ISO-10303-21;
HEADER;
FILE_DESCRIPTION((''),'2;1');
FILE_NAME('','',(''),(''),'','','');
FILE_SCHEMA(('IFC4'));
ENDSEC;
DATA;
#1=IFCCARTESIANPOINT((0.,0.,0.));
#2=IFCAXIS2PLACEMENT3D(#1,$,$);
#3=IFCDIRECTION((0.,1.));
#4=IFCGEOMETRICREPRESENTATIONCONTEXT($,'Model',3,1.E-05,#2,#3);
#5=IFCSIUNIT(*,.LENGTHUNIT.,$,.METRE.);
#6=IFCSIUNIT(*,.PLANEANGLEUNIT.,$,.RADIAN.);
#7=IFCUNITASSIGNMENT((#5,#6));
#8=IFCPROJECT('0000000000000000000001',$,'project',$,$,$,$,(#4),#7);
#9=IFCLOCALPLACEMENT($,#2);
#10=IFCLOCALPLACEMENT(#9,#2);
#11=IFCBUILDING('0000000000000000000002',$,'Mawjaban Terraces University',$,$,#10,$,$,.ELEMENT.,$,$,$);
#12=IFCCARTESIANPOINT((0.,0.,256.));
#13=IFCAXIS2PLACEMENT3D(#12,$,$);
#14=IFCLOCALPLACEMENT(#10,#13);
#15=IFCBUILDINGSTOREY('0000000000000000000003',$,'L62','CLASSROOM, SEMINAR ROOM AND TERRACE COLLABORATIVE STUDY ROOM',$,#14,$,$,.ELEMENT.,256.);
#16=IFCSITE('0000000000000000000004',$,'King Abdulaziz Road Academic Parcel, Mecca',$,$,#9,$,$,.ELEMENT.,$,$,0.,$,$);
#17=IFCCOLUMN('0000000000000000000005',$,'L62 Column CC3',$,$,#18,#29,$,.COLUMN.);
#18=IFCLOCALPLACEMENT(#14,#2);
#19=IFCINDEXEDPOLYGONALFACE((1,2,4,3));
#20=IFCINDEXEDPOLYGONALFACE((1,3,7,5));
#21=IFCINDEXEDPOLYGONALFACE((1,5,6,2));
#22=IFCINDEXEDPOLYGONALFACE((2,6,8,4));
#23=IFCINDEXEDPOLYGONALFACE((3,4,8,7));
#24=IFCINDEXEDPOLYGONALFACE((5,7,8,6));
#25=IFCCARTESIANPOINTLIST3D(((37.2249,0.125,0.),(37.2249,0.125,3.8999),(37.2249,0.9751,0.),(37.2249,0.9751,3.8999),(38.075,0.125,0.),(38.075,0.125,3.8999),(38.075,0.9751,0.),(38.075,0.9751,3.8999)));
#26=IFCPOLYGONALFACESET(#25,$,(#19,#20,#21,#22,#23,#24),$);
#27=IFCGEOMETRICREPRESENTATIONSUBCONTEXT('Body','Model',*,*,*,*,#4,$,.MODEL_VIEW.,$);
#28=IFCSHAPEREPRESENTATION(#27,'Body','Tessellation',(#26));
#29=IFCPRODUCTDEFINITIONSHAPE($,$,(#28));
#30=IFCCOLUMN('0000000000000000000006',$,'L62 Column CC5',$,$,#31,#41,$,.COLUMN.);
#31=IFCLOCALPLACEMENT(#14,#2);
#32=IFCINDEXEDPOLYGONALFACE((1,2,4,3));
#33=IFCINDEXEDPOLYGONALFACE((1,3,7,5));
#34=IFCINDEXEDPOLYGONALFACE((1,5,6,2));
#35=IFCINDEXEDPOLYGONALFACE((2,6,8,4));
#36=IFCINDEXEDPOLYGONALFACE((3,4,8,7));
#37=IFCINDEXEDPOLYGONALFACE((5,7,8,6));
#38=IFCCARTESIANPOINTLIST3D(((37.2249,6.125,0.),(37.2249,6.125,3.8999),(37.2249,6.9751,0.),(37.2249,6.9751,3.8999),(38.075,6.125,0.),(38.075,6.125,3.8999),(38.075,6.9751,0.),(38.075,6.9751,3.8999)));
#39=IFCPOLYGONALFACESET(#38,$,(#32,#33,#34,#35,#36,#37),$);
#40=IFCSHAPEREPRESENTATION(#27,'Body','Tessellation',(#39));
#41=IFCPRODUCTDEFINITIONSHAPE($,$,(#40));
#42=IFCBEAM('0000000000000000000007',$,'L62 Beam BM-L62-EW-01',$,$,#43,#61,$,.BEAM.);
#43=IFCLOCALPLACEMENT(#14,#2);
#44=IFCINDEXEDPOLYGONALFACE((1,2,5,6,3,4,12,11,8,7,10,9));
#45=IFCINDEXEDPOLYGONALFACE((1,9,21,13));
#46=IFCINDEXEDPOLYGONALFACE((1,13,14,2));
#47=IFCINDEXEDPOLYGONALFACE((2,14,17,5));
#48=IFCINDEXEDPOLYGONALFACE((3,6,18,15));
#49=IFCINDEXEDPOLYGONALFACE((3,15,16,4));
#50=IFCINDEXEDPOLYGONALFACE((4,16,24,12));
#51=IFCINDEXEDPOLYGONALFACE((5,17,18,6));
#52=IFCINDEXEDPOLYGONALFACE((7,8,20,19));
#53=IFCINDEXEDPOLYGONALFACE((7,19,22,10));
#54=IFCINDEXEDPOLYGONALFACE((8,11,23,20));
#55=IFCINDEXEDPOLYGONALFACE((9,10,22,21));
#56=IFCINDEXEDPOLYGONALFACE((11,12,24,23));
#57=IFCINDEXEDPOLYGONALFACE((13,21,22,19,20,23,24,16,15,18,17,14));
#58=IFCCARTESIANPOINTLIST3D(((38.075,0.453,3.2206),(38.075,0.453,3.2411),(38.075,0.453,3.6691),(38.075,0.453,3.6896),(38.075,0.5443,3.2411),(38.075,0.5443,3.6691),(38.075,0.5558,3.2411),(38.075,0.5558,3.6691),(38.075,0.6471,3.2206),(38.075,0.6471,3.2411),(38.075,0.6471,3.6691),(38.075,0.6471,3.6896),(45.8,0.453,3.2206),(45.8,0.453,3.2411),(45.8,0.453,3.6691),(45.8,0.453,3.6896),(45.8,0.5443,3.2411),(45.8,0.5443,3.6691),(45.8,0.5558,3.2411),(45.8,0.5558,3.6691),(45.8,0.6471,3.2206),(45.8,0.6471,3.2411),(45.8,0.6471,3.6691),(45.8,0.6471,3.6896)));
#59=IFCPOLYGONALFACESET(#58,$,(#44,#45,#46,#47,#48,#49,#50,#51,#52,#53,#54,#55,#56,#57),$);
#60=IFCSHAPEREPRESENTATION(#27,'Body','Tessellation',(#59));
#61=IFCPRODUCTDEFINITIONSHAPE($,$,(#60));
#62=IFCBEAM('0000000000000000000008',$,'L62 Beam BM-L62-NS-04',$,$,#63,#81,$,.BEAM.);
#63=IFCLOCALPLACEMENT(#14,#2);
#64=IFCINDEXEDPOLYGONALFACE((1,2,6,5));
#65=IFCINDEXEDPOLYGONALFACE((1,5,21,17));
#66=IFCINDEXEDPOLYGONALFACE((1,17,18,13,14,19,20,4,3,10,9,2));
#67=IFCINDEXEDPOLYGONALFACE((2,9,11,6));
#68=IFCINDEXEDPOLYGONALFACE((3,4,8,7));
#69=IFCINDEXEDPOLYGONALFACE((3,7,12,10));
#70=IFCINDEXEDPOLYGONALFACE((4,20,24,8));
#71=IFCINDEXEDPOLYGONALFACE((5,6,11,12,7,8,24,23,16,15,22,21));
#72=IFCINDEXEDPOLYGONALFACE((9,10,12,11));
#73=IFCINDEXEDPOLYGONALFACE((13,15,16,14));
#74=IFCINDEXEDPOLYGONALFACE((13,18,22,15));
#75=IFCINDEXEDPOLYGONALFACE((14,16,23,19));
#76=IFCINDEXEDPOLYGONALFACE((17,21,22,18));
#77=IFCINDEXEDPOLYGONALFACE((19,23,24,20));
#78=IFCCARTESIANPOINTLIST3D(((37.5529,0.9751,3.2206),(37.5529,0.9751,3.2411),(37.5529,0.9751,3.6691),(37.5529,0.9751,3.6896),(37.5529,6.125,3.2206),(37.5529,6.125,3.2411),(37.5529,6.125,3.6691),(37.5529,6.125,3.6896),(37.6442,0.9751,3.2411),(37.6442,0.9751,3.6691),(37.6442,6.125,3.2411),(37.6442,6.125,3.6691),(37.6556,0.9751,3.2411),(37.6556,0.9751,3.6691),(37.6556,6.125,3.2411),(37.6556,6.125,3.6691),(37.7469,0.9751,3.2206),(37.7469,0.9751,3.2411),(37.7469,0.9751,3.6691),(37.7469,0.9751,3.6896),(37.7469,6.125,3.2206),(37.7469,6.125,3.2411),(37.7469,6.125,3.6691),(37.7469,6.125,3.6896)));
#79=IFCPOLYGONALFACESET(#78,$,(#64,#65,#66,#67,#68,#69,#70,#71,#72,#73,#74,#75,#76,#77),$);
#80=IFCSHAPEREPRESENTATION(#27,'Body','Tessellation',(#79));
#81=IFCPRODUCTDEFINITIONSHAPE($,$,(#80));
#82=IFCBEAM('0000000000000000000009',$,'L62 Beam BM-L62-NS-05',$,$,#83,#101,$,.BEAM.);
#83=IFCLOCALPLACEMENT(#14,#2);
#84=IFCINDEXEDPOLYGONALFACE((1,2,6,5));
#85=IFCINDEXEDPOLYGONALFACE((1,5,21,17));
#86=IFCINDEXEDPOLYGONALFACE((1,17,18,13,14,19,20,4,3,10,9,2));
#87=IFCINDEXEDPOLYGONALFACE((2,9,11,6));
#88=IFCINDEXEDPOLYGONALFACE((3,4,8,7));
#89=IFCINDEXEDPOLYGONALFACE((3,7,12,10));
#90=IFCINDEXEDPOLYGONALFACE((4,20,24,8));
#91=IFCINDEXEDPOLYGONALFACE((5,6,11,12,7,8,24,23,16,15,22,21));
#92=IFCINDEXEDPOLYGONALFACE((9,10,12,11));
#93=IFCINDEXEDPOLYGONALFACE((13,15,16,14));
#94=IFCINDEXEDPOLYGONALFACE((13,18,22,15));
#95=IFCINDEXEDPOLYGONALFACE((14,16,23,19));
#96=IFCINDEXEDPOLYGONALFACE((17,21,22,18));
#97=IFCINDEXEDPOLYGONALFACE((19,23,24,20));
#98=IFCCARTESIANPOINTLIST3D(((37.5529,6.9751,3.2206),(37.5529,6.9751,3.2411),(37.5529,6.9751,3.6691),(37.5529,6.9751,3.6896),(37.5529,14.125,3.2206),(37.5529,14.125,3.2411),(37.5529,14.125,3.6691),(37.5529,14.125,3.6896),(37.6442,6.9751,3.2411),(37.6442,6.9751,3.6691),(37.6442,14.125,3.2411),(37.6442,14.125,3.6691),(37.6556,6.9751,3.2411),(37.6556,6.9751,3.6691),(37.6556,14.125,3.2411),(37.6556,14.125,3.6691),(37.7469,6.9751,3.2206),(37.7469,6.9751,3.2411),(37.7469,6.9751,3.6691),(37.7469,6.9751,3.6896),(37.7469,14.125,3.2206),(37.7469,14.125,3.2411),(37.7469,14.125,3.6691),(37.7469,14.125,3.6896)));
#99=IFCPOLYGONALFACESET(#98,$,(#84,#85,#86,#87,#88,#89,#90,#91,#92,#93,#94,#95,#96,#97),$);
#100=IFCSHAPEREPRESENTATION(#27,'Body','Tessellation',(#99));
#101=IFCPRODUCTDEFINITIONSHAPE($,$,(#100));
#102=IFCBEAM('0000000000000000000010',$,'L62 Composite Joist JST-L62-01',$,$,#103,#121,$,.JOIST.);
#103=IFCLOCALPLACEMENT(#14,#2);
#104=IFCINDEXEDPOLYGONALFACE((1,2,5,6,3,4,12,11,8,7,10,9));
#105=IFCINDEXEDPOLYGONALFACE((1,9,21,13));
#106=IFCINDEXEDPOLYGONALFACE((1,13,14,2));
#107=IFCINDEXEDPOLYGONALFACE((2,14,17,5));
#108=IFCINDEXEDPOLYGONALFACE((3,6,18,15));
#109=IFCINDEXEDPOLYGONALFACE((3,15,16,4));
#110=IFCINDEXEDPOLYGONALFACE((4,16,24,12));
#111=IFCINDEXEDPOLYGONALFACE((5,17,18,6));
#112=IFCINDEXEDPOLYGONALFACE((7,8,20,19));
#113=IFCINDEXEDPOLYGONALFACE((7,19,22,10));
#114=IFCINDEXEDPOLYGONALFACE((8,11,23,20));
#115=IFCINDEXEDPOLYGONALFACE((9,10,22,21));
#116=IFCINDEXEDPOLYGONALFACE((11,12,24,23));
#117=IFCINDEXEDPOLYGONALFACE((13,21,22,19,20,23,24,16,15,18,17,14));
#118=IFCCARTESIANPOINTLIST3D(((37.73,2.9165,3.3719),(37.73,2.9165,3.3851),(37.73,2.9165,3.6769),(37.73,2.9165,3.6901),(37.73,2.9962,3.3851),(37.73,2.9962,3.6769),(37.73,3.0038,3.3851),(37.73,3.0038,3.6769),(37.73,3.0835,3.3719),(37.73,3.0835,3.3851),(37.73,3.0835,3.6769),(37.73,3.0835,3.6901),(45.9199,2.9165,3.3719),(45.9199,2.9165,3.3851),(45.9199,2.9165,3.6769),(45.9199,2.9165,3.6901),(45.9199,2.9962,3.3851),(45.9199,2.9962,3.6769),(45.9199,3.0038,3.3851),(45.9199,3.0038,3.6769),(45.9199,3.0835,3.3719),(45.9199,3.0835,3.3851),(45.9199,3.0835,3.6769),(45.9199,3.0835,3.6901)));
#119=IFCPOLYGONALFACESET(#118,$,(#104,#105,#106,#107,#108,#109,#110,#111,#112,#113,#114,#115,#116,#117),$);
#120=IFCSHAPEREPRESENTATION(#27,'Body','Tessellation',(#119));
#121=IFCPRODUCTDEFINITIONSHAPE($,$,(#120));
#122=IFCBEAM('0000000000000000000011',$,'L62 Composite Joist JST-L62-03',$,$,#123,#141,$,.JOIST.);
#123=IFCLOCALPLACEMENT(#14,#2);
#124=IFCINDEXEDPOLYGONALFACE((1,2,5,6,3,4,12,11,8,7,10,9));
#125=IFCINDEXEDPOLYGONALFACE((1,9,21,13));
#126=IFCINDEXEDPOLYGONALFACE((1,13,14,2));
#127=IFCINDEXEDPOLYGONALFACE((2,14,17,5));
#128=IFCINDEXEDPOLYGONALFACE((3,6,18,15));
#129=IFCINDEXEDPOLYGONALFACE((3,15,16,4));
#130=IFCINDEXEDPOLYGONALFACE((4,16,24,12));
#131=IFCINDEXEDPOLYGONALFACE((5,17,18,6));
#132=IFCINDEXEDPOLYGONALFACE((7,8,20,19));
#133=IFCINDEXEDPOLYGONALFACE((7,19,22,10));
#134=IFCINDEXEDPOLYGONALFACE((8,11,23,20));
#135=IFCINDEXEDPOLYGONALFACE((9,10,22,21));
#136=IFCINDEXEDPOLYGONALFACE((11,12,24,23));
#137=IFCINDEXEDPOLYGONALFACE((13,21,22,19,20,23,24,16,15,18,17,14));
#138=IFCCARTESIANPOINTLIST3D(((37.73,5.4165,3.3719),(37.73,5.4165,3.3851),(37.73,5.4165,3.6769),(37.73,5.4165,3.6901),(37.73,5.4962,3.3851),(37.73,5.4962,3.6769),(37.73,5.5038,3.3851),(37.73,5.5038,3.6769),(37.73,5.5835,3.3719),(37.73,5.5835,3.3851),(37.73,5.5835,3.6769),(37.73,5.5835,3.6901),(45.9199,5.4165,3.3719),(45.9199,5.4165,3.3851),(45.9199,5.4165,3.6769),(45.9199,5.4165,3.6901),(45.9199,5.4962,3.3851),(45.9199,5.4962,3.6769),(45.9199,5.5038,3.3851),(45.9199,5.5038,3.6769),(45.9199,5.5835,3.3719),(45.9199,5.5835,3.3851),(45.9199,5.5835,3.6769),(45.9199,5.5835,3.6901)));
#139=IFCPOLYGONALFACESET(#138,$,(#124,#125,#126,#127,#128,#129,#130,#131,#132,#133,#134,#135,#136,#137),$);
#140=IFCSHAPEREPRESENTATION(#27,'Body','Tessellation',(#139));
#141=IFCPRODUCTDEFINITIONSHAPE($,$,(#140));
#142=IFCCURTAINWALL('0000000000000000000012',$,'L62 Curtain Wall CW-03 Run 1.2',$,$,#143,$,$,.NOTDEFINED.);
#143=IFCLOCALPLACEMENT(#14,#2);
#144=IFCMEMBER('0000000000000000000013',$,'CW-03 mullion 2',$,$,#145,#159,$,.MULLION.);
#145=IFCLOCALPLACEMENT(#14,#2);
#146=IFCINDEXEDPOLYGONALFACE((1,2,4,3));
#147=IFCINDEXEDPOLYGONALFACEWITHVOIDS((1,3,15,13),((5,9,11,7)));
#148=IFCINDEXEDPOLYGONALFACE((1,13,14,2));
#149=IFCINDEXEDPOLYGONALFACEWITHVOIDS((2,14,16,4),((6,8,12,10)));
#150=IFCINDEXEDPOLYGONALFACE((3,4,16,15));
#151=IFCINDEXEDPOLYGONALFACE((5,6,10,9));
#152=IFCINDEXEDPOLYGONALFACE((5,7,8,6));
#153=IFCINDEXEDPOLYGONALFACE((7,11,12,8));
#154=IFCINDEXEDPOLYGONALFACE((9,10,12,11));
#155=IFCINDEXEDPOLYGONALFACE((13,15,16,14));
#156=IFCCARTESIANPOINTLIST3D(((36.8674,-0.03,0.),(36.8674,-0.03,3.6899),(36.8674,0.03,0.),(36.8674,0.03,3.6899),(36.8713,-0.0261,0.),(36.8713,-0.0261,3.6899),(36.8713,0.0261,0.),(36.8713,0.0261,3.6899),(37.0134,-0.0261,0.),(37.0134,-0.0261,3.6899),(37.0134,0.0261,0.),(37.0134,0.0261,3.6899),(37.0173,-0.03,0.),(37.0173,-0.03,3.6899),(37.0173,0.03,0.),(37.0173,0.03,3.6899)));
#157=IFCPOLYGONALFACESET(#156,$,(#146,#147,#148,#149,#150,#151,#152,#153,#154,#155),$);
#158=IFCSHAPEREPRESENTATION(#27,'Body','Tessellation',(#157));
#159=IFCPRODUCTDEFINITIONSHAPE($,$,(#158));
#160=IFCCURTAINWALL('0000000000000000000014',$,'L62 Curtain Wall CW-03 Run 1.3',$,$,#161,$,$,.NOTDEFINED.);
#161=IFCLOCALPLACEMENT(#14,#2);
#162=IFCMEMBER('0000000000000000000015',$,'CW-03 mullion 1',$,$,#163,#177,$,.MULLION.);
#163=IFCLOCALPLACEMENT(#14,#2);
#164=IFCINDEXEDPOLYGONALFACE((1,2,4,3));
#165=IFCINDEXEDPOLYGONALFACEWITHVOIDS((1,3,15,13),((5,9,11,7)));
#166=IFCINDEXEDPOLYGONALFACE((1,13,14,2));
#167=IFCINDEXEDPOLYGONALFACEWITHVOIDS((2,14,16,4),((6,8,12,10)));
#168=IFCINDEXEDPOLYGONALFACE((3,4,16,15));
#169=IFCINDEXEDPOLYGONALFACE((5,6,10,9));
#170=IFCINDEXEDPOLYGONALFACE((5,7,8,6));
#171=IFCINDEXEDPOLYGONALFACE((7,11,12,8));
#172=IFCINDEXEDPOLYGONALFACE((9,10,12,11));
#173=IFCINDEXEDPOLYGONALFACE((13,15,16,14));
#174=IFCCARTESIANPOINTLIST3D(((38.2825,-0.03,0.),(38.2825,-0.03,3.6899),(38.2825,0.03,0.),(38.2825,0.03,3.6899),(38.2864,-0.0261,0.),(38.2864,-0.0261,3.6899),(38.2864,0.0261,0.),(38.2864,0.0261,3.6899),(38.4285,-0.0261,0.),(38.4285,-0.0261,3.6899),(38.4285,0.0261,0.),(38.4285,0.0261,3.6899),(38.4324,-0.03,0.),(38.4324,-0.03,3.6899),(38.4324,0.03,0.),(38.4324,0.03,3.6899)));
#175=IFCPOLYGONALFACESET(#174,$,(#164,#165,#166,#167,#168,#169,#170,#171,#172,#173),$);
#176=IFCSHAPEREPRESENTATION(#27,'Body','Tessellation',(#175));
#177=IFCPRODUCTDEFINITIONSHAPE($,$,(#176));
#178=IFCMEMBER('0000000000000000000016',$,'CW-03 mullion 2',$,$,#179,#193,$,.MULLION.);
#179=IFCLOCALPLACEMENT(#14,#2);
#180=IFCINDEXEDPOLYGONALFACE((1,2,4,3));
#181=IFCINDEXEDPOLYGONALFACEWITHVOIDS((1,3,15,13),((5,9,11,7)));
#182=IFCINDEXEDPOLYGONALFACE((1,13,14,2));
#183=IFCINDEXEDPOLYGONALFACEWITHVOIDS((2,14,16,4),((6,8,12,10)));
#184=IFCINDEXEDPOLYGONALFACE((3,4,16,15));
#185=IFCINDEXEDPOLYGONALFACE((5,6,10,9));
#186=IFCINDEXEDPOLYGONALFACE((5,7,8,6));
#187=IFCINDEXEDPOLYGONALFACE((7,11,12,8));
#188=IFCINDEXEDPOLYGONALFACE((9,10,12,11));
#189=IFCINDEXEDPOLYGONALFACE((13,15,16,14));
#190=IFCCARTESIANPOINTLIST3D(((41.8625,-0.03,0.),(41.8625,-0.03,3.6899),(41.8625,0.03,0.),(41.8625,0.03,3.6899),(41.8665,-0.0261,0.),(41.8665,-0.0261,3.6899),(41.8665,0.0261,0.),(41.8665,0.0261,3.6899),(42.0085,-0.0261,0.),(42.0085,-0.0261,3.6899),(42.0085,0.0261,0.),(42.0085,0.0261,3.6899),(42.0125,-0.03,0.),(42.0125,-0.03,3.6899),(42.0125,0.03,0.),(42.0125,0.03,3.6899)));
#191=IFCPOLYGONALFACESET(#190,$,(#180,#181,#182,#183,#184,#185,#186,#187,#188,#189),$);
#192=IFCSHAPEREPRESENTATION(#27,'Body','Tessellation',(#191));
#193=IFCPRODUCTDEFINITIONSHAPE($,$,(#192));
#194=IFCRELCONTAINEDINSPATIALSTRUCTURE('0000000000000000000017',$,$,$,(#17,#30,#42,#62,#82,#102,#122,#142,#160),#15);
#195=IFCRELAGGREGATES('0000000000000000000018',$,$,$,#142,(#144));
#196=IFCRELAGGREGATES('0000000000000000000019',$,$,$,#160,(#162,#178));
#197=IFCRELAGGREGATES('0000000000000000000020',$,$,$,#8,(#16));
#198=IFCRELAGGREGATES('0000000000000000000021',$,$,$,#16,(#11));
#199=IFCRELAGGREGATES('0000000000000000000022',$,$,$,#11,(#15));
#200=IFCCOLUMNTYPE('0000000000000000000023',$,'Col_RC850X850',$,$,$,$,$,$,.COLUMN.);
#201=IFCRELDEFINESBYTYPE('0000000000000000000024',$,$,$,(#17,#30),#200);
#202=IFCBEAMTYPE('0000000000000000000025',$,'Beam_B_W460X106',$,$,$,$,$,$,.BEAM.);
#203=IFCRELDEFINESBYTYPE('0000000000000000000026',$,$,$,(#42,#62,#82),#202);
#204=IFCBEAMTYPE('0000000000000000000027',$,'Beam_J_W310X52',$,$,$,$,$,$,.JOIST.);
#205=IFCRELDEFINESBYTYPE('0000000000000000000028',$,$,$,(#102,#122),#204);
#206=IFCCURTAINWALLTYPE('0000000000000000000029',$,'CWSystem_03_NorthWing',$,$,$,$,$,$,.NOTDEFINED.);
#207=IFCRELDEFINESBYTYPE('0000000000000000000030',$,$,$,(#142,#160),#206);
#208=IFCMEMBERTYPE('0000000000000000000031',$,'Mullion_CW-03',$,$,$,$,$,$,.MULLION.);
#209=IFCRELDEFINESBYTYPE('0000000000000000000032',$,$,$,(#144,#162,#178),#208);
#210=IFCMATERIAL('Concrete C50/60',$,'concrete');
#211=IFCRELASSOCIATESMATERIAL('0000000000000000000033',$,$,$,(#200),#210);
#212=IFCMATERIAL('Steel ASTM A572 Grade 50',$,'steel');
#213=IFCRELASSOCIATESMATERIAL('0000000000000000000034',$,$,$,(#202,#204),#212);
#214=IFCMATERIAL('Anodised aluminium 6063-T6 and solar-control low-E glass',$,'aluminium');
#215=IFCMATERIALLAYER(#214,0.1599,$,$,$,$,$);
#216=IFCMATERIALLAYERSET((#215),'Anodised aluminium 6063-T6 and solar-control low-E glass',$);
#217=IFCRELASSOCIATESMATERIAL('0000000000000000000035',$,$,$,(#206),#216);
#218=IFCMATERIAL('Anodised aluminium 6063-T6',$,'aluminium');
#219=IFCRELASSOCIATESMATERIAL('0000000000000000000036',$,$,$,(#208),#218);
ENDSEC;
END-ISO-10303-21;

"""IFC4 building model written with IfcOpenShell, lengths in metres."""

from ifc_helpers import new_model, si_unit, direction, frame, origin, origin_2d, place, context, subcontext, project, spatial, rectangle, hollow_rectangle, i_section, extrude, material, layer, layer_set, material_profile, profile_set, type_object, element, aggregate, save


model = new_model("IFC4")

# Units and contexts
model_context = context("Model", 3, precision=1e-05, world=origin(), true_north=direction((0.0, 1.0)))
body_context = subcontext(model_context, "Body", "Model", "MODEL_VIEW")
ifc_project = project(units=[si_unit("LENGTHUNIT", "METRE"), si_unit("PLANEANGLEUNIT", "RADIAN")], contexts=[model_context])

# Site, building, storey
site_placement = place(None, origin())
site = spatial("IfcSite", under=ifc_project, at=site_placement, Name="King Abdulaziz Road Academic Parcel, Mecca", CompositionType="ELEMENT", RefElevation=0.0)
building_placement = place(site_placement, origin())
building = spatial("IfcBuilding", under=site, at=building_placement, Name="Mawjaban Terraces University", CompositionType="ELEMENT")
storey_placement = place(building_placement, frame((0.0, 0.0, 256.0)))
storey = spatial("IfcBuildingStorey", under=building, at=storey_placement, Name="L62", Description="CLASSROOM, SEMINAR ROOM AND TERRACE COLLABORATIVE STUDY ROOM", CompositionType="ELEMENT", Elevation=256.0)

# Columns
ifc_material_1 = material(Name="Concrete C50/60", Category="concrete")
ifc_material_profile_1 = material_profile(ifc_material_1, rectangle(XDim=0.8501, YDim=0.8501, at=origin_2d()), Name="RC850X850")
ifc_profile_set_1 = profile_set([ifc_material_profile_1], Name="Concrete C50/60")
column_type = type_object("IfcColumnType", Name="Col_RC850X850", PredefinedType="COLUMN", material=ifc_profile_set_1)
for number, where, z_axis, x_axis, name in (
    (1, (37.6499, 0.55, 0.0), (0.0, 0.0, 1.0), (1.0, 0.0, 0.0), "L62 Column CC3"),
    (2, (37.6499, 6.55, 0.0), (0.0, 0.0, 1.0), (1.0, 0.0, 0.0), "L62 Column CC5"),
):
    element("IfcColumn", number, at=place(storey_placement, frame(where, z_axis=z_axis, x_axis=x_axis)), inside=storey, type_object=column_type, Name=name, PredefinedType="COLUMN", context=body_context, shape_type="SweptSolid", body=[
        extrude(rectangle(XDim=0.8501, YDim=0.8501, at=origin_2d()), origin(), (0.0, 0.0, 1.0), 3.8999),
    ])

# Beams
ifc_material_2 = material(Name="Steel ASTM A572 Grade 50", Category="steel")
ifc_material_profile_2 = material_profile(ifc_material_2, i_section(OverallWidth=0.1941, OverallDepth=0.469, WebThickness=0.0115, FlangeThickness=0.0205, at=origin_2d()), Name="W460X106")
ifc_profile_set_2 = profile_set([ifc_material_profile_2], Name="Steel ASTM A572 Grade 50")
beam_type_1 = type_object("IfcBeamType", Name="Beam_B_W460X106", PredefinedType="BEAM", material=ifc_profile_set_2)
beam_1_placement = place(storey_placement, frame((38.075, 0.55, 3.4551), z_axis=(1.0, 0.0, 0.0), x_axis=(0.0, 1.0, 0.0)))
element("IfcBeam", 3, at=beam_1_placement, inside=storey, type_object=beam_type_1, Name="L62 Beam BM-L62-EW-01", PredefinedType="BEAM", context=body_context, shape_type="SweptSolid", body=[
    extrude(i_section(OverallWidth=0.1941, OverallDepth=0.469, WebThickness=0.0115, FlangeThickness=0.0205, at=origin_2d()), origin(), (0.0, 0.0, 1.0), 7.7251),
])
beam_2_placement = place(storey_placement, frame((37.6499, 0.9751, 3.4551), z_axis=(0.0, 1.0, 0.0), x_axis=(-1.0, 0.0, 0.0)))
element("IfcBeam", 4, at=beam_2_placement, inside=storey, type_object=beam_type_1, Name="L62 Beam BM-L62-NS-04", PredefinedType="BEAM", context=body_context, shape_type="SweptSolid", body=[
    extrude(i_section(OverallWidth=0.1941, OverallDepth=0.469, WebThickness=0.0115, FlangeThickness=0.0205, at=origin_2d()), origin(), (0.0, 0.0, 1.0), 5.1499),
])
beam_3_placement = place(storey_placement, frame((37.6499, 6.9751, 3.4551), z_axis=(0.0, 1.0, 0.0), x_axis=(-1.0, 0.0, 0.0)))
element("IfcBeam", 5, at=beam_3_placement, inside=storey, type_object=beam_type_1, Name="L62 Beam BM-L62-NS-05", PredefinedType="BEAM", context=body_context, shape_type="SweptSolid", body=[
    extrude(i_section(OverallWidth=0.1941, OverallDepth=0.469, WebThickness=0.0115, FlangeThickness=0.0205, at=origin_2d()), origin(), (0.0, 0.0, 1.0), 7.1499),
])
ifc_material_profile_3 = material_profile(ifc_material_2, i_section(OverallWidth=0.167, OverallDepth=0.3181, WebThickness=0.0076, FlangeThickness=0.0132, at=origin_2d()), Name="W310X52")
ifc_profile_set_3 = profile_set([ifc_material_profile_3], Name="Steel ASTM A572 Grade 50")
beam_type_2 = type_object("IfcBeamType", Name="Beam_J_W310X52", PredefinedType="JOIST", material=ifc_profile_set_3)
for number, where, z_axis, x_axis, name in (
    (6, (37.73, 3.0, 3.531), (1.0, 0.0, 0.0), (0.0, 1.0, 0.0), "L62 Composite Joist JST-L62-01"),
    (7, (37.73, 5.5, 3.531), (1.0, 0.0, 0.0), (0.0, 1.0, 0.0), "L62 Composite Joist JST-L62-03"),
):
    element("IfcBeam", number, at=place(storey_placement, frame(where, z_axis=z_axis, x_axis=x_axis)), inside=storey, type_object=beam_type_2, Name=name, PredefinedType="JOIST", context=body_context, shape_type="SweptSolid", body=[
        extrude(i_section(OverallWidth=0.167, OverallDepth=0.3181, WebThickness=0.0076, FlangeThickness=0.0132, at=origin_2d()), origin(), (0.0, 0.0, 1.0), 8.1899),
    ])

# Curtain wall, member
ifc_material_3 = material(Name="Anodised aluminium 6063-T6 and solar-control low-E glass", Category="aluminium")
ifc_layer_1 = layer(ifc_material_3, 0.1599)
ifc_layer_set_1 = layer_set([ifc_layer_1], Name="Anodised aluminium 6063-T6 and solar-control low-E glass")
curtain_wall_type = type_object("IfcCurtainWallType", Name="CWSystem_03_NorthWing", PredefinedType="NOTDEFINED", material=ifc_layer_set_1)
curtain_wall_1_placement = place(storey_placement, origin())
curtain_wall_1 = element("IfcCurtainWall", 8, at=curtain_wall_1_placement, inside=storey, type_object=curtain_wall_type, Name="L62 Curtain Wall CW-03 Run 1.2", PredefinedType="NOTDEFINED")
ifc_material_4 = material(Name="Anodised aluminium 6063-T6", Category="aluminium")
ifc_material_profile_4 = material_profile(ifc_material_4, hollow_rectangle(XDim=0.0601, YDim=0.1499, WallThickness=0.0039, at=origin_2d()), Name="ALU150X60X4")
ifc_profile_set_4 = profile_set([ifc_material_profile_4], Name="Anodised aluminium 6063-T6")
member_type_1 = type_object("IfcMemberType", Name="Mullion_CW-03", PredefinedType="MULLION", material=ifc_profile_set_4)
member_1_placement = place(storey_placement, frame((36.9424, 0.0, 0.0), z_axis=(0.0, 0.0, 1.0), x_axis=(0.0, 1.0, 0.0)))
member_1 = element("IfcMember", 9, at=member_1_placement, type_object=member_type_1, Name="CW-03 mullion 2", PredefinedType="MULLION", context=body_context, shape_type="SweptSolid", body=[
    extrude(hollow_rectangle(XDim=0.0601, YDim=0.1499, WallThickness=0.0039, at=origin_2d()), origin(), (0.0, 0.0, 1.0), 3.6899),
])
aggregate(curtain_wall_1, [member_1])

# Curtain wall, members
curtain_wall_2_placement = place(storey_placement, origin())
curtain_wall_2 = element("IfcCurtainWall", 10, at=curtain_wall_2_placement, inside=storey, type_object=curtain_wall_type, Name="L62 Curtain Wall CW-03 Run 1.3", PredefinedType="NOTDEFINED")
member_2_placement = place(storey_placement, frame((38.3574, 0.0, 0.0), z_axis=(0.0, 0.0, 1.0), x_axis=(0.0, 1.0, 0.0)))
member_2 = element("IfcMember", 11, at=member_2_placement, type_object=member_type_1, Name="CW-03 mullion 1", PredefinedType="MULLION", context=body_context, shape_type="SweptSolid", body=[
    extrude(hollow_rectangle(XDim=0.0601, YDim=0.1499, WallThickness=0.0039, at=origin_2d()), origin(), (0.0, 0.0, 1.0), 3.6899),
])
member_3_placement = place(storey_placement, frame((41.9375, 0.0, 0.0), z_axis=(0.0, 0.0, 1.0), x_axis=(0.0, 1.0, 0.0)))
member_3 = element("IfcMember", 12, at=member_3_placement, type_object=member_type_1, Name="CW-03 mullion 2", PredefinedType="MULLION", context=body_context, shape_type="SweptSolid", body=[
    extrude(hollow_rectangle(XDim=0.0601, YDim=0.1499, WallThickness=0.0039, at=origin_2d()), origin(), (0.0, 0.0, 1.0), 3.6899),
])
aggregate(curtain_wall_2, [member_2, member_3])

save(model, "model.ifc")
